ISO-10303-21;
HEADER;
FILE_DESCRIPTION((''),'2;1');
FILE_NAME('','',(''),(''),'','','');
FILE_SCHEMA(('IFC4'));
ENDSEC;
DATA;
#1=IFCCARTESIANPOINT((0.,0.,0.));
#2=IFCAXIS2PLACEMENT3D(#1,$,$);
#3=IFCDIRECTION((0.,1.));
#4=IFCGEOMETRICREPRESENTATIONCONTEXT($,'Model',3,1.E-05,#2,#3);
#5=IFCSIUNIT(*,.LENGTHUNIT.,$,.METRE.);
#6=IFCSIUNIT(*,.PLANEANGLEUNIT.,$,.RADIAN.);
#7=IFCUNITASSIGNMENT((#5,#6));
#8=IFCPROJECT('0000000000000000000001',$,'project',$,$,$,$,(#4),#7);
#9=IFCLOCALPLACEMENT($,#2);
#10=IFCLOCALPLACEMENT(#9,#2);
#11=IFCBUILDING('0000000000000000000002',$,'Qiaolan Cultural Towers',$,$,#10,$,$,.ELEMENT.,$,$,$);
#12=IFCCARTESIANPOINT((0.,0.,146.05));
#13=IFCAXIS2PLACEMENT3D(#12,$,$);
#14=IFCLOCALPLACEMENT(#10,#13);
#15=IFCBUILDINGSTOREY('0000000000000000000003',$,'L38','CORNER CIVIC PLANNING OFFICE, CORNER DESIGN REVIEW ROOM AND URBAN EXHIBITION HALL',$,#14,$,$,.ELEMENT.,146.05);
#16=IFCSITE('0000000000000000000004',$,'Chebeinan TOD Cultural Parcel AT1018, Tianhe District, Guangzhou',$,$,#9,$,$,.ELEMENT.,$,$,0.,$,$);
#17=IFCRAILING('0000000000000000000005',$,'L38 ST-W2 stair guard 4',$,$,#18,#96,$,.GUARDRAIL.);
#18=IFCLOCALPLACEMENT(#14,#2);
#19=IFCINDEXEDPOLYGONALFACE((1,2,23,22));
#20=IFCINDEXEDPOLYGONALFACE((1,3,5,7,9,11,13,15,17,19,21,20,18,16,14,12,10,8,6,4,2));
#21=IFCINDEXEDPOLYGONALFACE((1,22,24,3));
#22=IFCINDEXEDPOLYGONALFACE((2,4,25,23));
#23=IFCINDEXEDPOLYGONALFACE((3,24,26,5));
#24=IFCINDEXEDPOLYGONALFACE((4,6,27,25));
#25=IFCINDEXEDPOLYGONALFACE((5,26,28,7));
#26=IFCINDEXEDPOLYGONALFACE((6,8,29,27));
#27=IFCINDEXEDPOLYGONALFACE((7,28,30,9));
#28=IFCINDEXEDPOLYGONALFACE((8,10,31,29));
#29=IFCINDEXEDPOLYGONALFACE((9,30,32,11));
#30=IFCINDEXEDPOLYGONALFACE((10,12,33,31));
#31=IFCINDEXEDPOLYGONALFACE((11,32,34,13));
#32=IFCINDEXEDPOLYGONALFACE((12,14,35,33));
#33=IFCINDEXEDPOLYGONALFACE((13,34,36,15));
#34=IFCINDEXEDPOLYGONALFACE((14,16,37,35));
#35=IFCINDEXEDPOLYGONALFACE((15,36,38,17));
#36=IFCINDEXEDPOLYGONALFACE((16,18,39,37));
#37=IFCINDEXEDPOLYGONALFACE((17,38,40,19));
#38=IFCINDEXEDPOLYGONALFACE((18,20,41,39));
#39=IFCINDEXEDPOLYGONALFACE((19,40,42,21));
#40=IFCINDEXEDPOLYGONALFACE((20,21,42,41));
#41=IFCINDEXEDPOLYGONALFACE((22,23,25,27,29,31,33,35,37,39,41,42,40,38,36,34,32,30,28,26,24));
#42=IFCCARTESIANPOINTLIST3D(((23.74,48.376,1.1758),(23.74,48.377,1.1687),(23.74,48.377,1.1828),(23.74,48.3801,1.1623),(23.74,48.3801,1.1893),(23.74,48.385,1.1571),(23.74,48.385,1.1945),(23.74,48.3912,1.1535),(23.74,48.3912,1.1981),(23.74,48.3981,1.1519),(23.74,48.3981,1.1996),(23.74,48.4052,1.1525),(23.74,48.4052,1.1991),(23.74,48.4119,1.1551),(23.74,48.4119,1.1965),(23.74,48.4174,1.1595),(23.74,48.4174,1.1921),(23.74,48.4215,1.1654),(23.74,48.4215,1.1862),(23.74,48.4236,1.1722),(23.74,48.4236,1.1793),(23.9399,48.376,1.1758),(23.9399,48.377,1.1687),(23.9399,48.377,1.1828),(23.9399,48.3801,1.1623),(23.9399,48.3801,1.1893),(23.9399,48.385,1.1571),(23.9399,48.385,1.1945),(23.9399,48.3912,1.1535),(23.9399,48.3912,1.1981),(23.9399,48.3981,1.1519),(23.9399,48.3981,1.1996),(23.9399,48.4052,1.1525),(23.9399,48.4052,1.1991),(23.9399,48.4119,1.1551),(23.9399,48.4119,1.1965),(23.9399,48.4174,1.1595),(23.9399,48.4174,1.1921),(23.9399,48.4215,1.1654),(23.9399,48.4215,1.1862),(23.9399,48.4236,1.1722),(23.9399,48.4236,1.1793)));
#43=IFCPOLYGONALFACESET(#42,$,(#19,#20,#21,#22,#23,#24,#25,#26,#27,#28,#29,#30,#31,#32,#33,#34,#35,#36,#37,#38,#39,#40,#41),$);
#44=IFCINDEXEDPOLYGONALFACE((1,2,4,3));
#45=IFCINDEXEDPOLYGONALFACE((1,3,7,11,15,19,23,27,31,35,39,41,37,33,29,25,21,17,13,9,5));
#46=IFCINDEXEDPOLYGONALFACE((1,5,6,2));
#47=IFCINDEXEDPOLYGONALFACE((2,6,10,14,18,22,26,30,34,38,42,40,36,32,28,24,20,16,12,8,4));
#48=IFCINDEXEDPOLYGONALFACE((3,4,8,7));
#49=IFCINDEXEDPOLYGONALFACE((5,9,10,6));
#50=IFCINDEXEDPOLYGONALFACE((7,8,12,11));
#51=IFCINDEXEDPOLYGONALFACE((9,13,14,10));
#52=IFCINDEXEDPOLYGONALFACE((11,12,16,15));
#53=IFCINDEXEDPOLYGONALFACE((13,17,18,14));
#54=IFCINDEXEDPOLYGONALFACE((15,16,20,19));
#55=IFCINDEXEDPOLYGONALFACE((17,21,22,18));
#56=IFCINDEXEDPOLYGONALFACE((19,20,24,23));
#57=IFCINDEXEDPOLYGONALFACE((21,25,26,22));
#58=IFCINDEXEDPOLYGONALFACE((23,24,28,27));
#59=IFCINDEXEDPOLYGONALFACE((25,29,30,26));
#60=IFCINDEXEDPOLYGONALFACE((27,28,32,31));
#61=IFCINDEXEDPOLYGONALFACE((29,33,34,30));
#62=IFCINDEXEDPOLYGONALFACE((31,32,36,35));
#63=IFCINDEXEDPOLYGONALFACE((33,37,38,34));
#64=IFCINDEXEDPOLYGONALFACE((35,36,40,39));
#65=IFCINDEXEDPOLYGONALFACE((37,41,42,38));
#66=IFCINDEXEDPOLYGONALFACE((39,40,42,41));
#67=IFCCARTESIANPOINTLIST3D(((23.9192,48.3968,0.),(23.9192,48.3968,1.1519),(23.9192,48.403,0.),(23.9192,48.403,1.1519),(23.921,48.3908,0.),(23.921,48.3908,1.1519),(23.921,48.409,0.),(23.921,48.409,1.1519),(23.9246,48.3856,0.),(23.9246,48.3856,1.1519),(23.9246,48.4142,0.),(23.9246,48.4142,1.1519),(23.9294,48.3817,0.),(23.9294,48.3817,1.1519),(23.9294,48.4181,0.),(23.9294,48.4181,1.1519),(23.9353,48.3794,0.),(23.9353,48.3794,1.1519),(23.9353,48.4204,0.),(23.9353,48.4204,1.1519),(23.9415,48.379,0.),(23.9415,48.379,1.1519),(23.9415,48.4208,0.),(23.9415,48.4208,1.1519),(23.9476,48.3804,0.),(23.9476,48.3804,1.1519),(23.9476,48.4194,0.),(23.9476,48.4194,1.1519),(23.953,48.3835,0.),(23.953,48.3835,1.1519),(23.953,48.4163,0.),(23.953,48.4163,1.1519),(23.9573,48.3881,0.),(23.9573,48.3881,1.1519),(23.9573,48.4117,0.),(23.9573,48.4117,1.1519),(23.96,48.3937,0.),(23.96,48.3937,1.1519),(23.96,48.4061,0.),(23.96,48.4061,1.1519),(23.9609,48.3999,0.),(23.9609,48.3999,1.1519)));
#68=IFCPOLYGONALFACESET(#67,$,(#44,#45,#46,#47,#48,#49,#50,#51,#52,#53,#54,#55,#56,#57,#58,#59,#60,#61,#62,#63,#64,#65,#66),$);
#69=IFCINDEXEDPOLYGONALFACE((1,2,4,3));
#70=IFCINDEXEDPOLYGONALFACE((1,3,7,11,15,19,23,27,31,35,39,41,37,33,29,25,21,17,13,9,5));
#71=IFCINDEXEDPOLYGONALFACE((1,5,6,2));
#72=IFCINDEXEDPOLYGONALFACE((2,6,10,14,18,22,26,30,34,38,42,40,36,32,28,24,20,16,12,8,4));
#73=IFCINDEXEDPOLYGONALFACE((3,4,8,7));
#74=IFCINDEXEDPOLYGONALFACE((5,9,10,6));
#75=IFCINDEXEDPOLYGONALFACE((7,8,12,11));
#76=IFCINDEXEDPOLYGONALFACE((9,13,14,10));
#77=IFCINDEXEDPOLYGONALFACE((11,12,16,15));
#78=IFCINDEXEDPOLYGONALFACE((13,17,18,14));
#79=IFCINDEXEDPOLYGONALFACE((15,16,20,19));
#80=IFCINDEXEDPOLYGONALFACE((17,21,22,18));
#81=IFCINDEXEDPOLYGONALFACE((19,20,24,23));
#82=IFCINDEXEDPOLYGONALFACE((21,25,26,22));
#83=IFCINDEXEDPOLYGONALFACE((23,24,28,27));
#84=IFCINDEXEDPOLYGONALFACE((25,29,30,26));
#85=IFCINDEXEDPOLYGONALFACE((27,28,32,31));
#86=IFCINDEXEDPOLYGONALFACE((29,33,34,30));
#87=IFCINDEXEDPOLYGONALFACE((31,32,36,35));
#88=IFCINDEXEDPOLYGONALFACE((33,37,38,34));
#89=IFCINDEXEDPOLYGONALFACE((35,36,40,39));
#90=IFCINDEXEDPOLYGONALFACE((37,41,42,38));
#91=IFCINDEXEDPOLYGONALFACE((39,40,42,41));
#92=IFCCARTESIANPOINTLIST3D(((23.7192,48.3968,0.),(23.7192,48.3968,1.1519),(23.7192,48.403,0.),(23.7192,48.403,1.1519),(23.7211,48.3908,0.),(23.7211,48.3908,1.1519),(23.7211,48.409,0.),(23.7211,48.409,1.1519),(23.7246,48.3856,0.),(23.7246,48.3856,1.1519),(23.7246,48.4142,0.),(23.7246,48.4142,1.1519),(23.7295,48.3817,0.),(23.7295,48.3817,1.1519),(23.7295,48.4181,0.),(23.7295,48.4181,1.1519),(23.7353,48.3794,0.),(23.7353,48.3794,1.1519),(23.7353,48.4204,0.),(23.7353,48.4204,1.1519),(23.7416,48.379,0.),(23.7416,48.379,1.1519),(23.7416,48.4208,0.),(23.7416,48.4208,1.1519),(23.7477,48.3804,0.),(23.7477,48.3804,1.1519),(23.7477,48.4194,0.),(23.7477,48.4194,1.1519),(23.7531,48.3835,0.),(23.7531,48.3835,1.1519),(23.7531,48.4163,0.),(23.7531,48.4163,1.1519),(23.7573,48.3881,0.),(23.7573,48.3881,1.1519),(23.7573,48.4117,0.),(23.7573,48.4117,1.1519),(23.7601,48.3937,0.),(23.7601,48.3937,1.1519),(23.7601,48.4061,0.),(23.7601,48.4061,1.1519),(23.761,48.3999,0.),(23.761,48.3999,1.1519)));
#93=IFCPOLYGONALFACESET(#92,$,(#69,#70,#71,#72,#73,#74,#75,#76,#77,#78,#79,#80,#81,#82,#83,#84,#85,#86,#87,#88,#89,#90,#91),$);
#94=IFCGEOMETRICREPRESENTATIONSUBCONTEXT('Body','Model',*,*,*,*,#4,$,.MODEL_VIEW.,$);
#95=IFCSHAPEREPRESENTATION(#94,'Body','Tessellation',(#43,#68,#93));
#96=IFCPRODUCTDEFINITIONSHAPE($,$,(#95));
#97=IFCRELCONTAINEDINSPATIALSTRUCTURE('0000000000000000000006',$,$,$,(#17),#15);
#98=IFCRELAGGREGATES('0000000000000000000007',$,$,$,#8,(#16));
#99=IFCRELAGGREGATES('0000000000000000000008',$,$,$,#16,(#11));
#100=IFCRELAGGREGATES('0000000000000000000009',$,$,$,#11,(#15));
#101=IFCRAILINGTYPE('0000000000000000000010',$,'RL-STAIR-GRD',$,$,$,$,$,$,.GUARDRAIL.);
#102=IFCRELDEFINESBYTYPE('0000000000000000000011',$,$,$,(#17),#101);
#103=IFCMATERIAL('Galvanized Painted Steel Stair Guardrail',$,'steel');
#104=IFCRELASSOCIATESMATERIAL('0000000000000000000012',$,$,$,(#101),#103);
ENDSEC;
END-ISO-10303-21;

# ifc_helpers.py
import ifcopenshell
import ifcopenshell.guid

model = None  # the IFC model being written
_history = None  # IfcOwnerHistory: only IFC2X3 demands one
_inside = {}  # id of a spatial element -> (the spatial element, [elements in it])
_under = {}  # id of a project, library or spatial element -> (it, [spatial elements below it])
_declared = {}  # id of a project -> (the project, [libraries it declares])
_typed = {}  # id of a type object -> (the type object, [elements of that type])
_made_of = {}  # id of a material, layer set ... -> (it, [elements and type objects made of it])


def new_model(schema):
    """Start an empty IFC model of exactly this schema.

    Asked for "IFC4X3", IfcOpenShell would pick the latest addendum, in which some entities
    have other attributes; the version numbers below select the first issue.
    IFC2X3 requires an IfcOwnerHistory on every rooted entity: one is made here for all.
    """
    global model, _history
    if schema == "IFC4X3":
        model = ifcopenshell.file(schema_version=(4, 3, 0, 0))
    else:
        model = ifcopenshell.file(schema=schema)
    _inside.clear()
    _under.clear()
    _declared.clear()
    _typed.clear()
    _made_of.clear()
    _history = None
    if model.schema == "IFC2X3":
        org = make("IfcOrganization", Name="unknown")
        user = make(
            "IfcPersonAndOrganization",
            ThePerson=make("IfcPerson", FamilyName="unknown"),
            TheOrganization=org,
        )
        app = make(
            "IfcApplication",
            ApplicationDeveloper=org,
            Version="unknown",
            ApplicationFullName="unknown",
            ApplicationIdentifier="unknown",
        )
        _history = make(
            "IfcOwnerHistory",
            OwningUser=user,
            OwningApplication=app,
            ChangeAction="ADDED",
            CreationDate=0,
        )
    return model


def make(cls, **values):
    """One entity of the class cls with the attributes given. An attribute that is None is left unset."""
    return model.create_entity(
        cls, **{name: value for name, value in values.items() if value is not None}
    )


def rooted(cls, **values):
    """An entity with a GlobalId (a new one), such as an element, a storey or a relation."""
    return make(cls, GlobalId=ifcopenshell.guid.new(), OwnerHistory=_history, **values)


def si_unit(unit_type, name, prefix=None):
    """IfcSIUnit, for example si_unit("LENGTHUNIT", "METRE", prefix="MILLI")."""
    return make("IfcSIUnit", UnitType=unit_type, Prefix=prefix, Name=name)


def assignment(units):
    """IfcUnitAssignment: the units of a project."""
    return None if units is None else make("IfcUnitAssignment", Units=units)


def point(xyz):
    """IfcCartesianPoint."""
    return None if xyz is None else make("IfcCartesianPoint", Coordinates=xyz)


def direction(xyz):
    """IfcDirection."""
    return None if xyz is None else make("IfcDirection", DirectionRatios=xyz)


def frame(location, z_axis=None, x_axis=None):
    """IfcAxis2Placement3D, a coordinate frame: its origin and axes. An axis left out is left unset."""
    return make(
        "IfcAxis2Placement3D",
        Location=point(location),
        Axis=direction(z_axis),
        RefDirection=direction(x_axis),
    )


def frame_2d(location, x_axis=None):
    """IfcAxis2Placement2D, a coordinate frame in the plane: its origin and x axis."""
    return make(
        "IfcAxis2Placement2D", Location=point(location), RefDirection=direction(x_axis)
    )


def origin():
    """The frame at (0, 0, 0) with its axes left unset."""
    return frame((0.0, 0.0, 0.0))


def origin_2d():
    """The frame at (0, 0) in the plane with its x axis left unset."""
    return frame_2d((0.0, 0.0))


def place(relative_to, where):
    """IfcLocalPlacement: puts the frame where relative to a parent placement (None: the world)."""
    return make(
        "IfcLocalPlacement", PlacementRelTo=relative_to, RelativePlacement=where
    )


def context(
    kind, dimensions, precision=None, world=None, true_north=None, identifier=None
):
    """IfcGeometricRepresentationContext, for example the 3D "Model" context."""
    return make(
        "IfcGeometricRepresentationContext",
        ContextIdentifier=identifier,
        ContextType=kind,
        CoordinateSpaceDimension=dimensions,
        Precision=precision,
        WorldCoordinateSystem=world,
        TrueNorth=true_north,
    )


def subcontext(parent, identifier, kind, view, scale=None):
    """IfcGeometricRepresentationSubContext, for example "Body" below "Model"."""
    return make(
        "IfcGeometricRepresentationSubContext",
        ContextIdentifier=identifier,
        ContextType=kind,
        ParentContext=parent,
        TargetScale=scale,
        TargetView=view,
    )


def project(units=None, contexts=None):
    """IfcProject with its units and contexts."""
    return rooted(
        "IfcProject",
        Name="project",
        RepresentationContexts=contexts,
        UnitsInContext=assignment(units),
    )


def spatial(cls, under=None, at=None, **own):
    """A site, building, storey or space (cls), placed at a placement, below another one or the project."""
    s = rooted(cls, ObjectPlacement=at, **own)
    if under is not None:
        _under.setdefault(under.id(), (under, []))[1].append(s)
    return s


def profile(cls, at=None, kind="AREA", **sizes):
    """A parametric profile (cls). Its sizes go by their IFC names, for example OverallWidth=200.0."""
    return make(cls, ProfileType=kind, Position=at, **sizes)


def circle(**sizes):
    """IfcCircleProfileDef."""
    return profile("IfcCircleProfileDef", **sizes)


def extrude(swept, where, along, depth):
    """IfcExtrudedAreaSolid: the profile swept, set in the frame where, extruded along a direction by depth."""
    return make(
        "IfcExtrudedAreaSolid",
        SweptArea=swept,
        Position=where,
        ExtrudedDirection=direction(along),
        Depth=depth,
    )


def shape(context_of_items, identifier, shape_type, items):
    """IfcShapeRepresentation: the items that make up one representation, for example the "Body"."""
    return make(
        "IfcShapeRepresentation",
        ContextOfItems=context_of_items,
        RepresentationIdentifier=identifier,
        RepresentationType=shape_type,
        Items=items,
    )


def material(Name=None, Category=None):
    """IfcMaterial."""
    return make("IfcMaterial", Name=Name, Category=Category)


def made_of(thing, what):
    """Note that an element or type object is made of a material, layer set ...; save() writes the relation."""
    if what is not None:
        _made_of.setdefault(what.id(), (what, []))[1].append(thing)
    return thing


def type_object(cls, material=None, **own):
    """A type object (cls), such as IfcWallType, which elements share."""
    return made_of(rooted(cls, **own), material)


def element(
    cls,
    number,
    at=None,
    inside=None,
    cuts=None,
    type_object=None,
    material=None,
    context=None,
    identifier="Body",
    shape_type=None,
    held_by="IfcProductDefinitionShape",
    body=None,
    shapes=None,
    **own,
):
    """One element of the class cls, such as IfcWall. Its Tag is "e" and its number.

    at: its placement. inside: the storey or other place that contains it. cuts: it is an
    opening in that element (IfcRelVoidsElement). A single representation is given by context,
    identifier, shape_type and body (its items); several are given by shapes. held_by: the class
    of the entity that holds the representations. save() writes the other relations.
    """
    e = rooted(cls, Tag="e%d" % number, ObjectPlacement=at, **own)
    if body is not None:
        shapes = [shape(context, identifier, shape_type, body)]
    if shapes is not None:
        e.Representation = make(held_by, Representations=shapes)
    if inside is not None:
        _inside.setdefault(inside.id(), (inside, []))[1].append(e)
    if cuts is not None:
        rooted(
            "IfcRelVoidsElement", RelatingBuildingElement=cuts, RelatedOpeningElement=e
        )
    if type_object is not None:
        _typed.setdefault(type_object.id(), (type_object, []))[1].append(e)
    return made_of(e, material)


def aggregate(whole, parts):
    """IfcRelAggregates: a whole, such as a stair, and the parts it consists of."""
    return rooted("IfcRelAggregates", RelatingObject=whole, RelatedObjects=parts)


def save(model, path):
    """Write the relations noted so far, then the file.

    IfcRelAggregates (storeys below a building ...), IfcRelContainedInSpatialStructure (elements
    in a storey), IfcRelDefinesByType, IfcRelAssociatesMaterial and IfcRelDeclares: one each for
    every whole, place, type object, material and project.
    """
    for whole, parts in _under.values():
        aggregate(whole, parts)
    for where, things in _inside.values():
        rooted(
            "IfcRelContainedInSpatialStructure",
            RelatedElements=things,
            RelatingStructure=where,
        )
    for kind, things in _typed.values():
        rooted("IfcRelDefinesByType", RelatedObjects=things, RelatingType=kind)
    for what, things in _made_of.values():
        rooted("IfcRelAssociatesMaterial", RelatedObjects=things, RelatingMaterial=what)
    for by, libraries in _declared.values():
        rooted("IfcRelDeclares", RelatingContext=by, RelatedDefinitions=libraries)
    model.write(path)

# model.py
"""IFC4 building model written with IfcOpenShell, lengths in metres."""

from ifc_helpers import new_model, si_unit, direction, frame, origin, origin_2d, place, context, subcontext, project, spatial, circle, extrude, material, type_object, element, save


model = new_model("IFC4")

# Units and contexts
model_context = context("Model", 3, precision=1e-05, world=origin(), true_north=direction((0.0, 1.0)))
body_context = subcontext(model_context, "Body", "Model", "MODEL_VIEW")
ifc_project = project(units=[si_unit("LENGTHUNIT", "METRE"), si_unit("PLANEANGLEUNIT", "RADIAN")], contexts=[model_context])

# Site, building, storey
site_placement = place(None, origin())
site = spatial("IfcSite", under=ifc_project, at=site_placement, Name="Chebeinan TOD Cultural Parcel AT1018, Tianhe District, Guangzhou", CompositionType="ELEMENT", RefElevation=0.0)
building_placement = place(site_placement, origin())
building = spatial("IfcBuilding", under=site, at=building_placement, Name="Qiaolan Cultural Towers", CompositionType="ELEMENT")
storey_placement = place(building_placement, frame((0.0, 0.0, 146.05)))
storey = spatial("IfcBuildingStorey", under=building, at=storey_placement, Name="L38", Description="CORNER CIVIC PLANNING OFFICE, CORNER DESIGN REVIEW ROOM AND URBAN EXHIBITION HALL", CompositionType="ELEMENT", Elevation=146.05)

# Railing
ifc_material_1 = material(Name="Galvanized Painted Steel Stair Guardrail", Category="steel")
railing_type_1 = type_object("IfcRailingType", Name="RL-STAIR-GRD", PredefinedType="GUARDRAIL", material=ifc_material_1)
railing_1_placement = place(storey_placement, frame((23.9399, 48.3999, 0.0)))
element("IfcRailing", 1, at=railing_1_placement, inside=storey, type_object=railing_type_1, Name="L38 ST-W2 stair guard 4", PredefinedType="GUARDRAIL", context=body_context, shape_type="SweptSolid", body=[
    extrude(circle(Radius=0.0239, at=origin_2d()), frame((0.0, 0.0, 1.1758), z_axis=(-1.0, 0.0, 0.0), x_axis=(0.0, -1.0, 0.0)), (0.0, 0.0, 1.0), 0.2),
    extrude(circle(Radius=0.021, at=origin_2d()), origin(), (0.0, 0.0, 1.0), 1.1519),
    extrude(circle(Radius=0.021, at=origin_2d()), frame((-0.2, 0.0, 0.0)), (0.0, 0.0, 1.0), 1.1519),
])

save(model, "model.ifc")
